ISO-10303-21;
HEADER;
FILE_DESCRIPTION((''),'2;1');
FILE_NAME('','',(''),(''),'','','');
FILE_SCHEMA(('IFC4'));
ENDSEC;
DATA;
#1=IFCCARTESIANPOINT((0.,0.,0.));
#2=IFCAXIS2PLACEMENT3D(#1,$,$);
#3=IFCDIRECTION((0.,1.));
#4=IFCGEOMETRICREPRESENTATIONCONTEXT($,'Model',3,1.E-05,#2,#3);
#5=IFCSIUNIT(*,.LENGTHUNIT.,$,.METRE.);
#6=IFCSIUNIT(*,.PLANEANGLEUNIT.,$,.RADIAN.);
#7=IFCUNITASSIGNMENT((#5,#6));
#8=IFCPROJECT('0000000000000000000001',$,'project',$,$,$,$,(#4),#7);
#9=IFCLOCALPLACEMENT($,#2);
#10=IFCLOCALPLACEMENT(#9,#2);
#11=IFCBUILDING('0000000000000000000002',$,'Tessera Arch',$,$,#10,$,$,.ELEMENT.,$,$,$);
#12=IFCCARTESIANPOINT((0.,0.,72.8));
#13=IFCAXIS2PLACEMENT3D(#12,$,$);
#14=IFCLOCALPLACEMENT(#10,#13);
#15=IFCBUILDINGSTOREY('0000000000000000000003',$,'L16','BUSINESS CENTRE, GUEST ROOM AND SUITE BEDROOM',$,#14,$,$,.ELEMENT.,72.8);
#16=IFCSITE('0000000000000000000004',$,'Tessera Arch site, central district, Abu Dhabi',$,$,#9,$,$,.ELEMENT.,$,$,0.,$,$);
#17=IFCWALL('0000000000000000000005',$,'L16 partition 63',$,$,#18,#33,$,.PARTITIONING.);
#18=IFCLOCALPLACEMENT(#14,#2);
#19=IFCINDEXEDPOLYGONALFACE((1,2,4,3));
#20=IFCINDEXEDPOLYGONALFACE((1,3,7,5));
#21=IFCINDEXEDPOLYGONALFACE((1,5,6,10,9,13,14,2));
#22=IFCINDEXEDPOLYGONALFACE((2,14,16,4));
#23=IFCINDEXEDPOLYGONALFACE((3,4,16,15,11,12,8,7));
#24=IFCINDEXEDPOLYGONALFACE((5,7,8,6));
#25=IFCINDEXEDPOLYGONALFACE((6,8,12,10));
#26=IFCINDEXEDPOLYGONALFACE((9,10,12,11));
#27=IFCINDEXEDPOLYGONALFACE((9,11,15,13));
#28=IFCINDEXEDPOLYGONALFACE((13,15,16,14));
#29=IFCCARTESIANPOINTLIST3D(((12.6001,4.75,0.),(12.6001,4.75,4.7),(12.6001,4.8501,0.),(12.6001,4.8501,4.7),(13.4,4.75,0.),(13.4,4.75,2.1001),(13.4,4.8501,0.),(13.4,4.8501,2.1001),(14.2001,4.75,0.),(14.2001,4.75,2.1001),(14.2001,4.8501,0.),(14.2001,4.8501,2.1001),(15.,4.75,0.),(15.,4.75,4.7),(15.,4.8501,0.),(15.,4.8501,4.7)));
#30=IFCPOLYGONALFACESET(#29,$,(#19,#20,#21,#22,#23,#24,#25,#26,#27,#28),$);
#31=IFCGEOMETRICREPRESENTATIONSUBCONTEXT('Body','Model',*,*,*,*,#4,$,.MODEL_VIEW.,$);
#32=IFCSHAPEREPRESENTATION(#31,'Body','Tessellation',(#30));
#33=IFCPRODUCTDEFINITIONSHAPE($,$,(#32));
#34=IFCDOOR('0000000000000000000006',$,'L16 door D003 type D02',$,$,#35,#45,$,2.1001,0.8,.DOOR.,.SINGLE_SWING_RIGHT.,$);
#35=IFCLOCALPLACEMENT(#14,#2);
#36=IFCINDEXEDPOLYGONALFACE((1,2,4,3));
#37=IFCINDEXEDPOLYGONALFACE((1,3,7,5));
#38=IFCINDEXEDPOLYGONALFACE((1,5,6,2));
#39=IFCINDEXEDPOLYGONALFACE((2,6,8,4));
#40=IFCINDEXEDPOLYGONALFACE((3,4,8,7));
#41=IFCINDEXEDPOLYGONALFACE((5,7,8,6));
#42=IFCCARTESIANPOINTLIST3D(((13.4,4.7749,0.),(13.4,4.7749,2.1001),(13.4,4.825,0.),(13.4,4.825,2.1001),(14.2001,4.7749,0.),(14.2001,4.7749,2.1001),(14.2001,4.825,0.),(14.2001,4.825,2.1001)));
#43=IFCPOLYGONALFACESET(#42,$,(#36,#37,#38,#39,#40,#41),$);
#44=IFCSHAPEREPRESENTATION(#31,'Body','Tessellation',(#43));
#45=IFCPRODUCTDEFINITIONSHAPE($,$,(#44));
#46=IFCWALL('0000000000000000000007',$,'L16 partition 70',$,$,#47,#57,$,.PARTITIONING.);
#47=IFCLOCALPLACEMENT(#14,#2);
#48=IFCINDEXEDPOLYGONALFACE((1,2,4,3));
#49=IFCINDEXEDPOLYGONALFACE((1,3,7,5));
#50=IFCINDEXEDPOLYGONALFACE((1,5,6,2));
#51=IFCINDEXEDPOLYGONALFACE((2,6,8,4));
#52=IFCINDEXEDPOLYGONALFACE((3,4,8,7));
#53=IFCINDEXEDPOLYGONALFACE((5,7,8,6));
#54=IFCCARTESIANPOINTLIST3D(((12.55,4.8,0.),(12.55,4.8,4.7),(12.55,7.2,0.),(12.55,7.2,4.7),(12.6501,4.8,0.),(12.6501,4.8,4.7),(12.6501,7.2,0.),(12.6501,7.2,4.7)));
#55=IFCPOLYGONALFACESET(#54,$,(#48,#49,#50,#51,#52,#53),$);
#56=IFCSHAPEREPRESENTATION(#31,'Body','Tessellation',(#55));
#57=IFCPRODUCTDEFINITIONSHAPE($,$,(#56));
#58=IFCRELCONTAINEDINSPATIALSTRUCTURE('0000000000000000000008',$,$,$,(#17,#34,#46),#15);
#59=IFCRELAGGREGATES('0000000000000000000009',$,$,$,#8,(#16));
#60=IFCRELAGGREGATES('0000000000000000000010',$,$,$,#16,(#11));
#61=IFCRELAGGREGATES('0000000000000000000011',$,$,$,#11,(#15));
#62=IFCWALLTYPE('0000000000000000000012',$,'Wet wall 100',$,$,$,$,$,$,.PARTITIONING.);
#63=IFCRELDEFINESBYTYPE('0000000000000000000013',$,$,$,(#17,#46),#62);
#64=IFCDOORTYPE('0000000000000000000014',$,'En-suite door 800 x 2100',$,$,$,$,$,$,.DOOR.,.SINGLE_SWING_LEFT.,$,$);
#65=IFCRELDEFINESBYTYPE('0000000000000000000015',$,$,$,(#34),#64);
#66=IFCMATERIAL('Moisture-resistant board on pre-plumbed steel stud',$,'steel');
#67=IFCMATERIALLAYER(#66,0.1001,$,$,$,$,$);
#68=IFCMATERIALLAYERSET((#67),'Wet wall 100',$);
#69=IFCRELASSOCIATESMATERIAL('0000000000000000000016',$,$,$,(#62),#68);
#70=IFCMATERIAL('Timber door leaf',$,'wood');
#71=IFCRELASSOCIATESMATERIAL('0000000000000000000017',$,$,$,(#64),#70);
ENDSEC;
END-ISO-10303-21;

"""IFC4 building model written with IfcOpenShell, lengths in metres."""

from ifc_helpers import new_model, si_unit, direction, frame, frame_2d, origin, place, context, subcontext, project, spatial, rectangle, extrude, material, layer, layer_set, type_object, element, fill, save


model = new_model("IFC4")

# Units and contexts
model_context = context("Model", 3, precision=1e-05, world=origin(), true_north=direction((0.0, 1.0)))
body_context = subcontext(model_context, "Body", "Model", "MODEL_VIEW")
ifc_project = project(units=[si_unit("LENGTHUNIT", "METRE"), si_unit("PLANEANGLEUNIT", "RADIAN")], contexts=[model_context])

# Site, building, storey
site_placement = place(None, origin())
site = spatial("IfcSite", under=ifc_project, at=site_placement, Name="Tessera Arch site, central district, Abu Dhabi", CompositionType="ELEMENT", RefElevation=0.0)
building_placement = place(site_placement, origin())
building = spatial("IfcBuilding", under=site, at=building_placement, Name="Tessera Arch", CompositionType="ELEMENT")
storey_placement = place(building_placement, frame((0.0, 0.0, 72.8)))
storey = spatial("IfcBuildingStorey", under=building, at=storey_placement, Name="L16", Description="BUSINESS CENTRE, GUEST ROOM AND SUITE BEDROOM", CompositionType="ELEMENT", Elevation=72.8)

# Wall, opening, door
ifc_material_1 = material(Name="Moisture-resistant board on pre-plumbed steel stud", Category="steel")
ifc_layer_1 = layer(ifc_material_1, 0.1001)
ifc_layer_set_1 = layer_set([ifc_layer_1], Name="Wet wall 100")
wall_type_1 = type_object("IfcWallType", Name="Wet wall 100", PredefinedType="PARTITIONING", material=ifc_layer_set_1)
wall_1_placement = place(storey_placement, frame((12.6001, 4.8, 0.0), z_axis=(0.0, 0.0, 1.0), x_axis=(1.0, 0.0, 0.0)))
wall_1 = element("IfcWall", 1, at=wall_1_placement, inside=storey, type_object=wall_type_1, Name="L16 partition 63", PredefinedType="PARTITIONING", context=body_context, shape_type="SweptSolid", body=[
    extrude(rectangle(XDim=2.3999, YDim=0.1001, at=frame_2d((1.2, 0.0))), origin(), (0.0, 0.0, 1.0), 4.7),
])
opening_1_placement = place(wall_1_placement, frame((0.8, 0.0, 0.0)))
opening_1 = element("IfcOpeningElement", 2, at=opening_1_placement, cuts=wall_1, PredefinedType="OPENING", context=body_context, shape_type="SweptSolid", body=[
    extrude(rectangle(XDim=0.8, YDim=2.1001, at=frame_2d((0.3999, 1.05))), frame((0.0, 0.0601, 0.0), z_axis=(0.0, -1.0, 0.0), x_axis=(1.0, 0.0, 0.0)), (0.0, 0.0, 1.0), 0.1201),
])
ifc_material_2 = material(Name="Timber door leaf", Category="wood")
door_type_1 = type_object("IfcDoorType", Name="En-suite door 800 x 2100", OperationType="SINGLE_SWING_LEFT", PredefinedType="DOOR", material=ifc_material_2)
door_1_placement = place(opening_1_placement, origin())
door_1 = element("IfcDoor", 3, at=door_1_placement, inside=storey, type_object=door_type_1, Name="L16 door D003 type D02", OperationType="SINGLE_SWING_RIGHT", OverallHeight=2.1001, OverallWidth=0.8, PredefinedType="DOOR", context=body_context, shape_type="SweptSolid", body=[
    extrude(rectangle(XDim=0.8, YDim=2.1001, at=frame_2d((0.3999, 1.05))), frame((0.0, 0.0249, 0.0), z_axis=(0.0, -1.0, 0.0), x_axis=(1.0, 0.0, 0.0)), (0.0, 0.0, 1.0), 0.05),
])
fill(opening_1, door_1)

# Wall
wall_2_placement = place(storey_placement, frame((12.6001, 4.8, 0.0), z_axis=(0.0, 0.0, 1.0), x_axis=(0.0, 1.0, 0.0)))
element("IfcWall", 4, at=wall_2_placement, inside=storey, type_object=wall_type_1, Name="L16 partition 70", PredefinedType="PARTITIONING", context=body_context, shape_type="SweptSolid", body=[
    extrude(rectangle(XDim=2.3999, YDim=0.1001, at=frame_2d((1.2, 0.0))), origin(), (0.0, 0.0, 1.0), 4.7),
])

save(model, "model.ifc")
